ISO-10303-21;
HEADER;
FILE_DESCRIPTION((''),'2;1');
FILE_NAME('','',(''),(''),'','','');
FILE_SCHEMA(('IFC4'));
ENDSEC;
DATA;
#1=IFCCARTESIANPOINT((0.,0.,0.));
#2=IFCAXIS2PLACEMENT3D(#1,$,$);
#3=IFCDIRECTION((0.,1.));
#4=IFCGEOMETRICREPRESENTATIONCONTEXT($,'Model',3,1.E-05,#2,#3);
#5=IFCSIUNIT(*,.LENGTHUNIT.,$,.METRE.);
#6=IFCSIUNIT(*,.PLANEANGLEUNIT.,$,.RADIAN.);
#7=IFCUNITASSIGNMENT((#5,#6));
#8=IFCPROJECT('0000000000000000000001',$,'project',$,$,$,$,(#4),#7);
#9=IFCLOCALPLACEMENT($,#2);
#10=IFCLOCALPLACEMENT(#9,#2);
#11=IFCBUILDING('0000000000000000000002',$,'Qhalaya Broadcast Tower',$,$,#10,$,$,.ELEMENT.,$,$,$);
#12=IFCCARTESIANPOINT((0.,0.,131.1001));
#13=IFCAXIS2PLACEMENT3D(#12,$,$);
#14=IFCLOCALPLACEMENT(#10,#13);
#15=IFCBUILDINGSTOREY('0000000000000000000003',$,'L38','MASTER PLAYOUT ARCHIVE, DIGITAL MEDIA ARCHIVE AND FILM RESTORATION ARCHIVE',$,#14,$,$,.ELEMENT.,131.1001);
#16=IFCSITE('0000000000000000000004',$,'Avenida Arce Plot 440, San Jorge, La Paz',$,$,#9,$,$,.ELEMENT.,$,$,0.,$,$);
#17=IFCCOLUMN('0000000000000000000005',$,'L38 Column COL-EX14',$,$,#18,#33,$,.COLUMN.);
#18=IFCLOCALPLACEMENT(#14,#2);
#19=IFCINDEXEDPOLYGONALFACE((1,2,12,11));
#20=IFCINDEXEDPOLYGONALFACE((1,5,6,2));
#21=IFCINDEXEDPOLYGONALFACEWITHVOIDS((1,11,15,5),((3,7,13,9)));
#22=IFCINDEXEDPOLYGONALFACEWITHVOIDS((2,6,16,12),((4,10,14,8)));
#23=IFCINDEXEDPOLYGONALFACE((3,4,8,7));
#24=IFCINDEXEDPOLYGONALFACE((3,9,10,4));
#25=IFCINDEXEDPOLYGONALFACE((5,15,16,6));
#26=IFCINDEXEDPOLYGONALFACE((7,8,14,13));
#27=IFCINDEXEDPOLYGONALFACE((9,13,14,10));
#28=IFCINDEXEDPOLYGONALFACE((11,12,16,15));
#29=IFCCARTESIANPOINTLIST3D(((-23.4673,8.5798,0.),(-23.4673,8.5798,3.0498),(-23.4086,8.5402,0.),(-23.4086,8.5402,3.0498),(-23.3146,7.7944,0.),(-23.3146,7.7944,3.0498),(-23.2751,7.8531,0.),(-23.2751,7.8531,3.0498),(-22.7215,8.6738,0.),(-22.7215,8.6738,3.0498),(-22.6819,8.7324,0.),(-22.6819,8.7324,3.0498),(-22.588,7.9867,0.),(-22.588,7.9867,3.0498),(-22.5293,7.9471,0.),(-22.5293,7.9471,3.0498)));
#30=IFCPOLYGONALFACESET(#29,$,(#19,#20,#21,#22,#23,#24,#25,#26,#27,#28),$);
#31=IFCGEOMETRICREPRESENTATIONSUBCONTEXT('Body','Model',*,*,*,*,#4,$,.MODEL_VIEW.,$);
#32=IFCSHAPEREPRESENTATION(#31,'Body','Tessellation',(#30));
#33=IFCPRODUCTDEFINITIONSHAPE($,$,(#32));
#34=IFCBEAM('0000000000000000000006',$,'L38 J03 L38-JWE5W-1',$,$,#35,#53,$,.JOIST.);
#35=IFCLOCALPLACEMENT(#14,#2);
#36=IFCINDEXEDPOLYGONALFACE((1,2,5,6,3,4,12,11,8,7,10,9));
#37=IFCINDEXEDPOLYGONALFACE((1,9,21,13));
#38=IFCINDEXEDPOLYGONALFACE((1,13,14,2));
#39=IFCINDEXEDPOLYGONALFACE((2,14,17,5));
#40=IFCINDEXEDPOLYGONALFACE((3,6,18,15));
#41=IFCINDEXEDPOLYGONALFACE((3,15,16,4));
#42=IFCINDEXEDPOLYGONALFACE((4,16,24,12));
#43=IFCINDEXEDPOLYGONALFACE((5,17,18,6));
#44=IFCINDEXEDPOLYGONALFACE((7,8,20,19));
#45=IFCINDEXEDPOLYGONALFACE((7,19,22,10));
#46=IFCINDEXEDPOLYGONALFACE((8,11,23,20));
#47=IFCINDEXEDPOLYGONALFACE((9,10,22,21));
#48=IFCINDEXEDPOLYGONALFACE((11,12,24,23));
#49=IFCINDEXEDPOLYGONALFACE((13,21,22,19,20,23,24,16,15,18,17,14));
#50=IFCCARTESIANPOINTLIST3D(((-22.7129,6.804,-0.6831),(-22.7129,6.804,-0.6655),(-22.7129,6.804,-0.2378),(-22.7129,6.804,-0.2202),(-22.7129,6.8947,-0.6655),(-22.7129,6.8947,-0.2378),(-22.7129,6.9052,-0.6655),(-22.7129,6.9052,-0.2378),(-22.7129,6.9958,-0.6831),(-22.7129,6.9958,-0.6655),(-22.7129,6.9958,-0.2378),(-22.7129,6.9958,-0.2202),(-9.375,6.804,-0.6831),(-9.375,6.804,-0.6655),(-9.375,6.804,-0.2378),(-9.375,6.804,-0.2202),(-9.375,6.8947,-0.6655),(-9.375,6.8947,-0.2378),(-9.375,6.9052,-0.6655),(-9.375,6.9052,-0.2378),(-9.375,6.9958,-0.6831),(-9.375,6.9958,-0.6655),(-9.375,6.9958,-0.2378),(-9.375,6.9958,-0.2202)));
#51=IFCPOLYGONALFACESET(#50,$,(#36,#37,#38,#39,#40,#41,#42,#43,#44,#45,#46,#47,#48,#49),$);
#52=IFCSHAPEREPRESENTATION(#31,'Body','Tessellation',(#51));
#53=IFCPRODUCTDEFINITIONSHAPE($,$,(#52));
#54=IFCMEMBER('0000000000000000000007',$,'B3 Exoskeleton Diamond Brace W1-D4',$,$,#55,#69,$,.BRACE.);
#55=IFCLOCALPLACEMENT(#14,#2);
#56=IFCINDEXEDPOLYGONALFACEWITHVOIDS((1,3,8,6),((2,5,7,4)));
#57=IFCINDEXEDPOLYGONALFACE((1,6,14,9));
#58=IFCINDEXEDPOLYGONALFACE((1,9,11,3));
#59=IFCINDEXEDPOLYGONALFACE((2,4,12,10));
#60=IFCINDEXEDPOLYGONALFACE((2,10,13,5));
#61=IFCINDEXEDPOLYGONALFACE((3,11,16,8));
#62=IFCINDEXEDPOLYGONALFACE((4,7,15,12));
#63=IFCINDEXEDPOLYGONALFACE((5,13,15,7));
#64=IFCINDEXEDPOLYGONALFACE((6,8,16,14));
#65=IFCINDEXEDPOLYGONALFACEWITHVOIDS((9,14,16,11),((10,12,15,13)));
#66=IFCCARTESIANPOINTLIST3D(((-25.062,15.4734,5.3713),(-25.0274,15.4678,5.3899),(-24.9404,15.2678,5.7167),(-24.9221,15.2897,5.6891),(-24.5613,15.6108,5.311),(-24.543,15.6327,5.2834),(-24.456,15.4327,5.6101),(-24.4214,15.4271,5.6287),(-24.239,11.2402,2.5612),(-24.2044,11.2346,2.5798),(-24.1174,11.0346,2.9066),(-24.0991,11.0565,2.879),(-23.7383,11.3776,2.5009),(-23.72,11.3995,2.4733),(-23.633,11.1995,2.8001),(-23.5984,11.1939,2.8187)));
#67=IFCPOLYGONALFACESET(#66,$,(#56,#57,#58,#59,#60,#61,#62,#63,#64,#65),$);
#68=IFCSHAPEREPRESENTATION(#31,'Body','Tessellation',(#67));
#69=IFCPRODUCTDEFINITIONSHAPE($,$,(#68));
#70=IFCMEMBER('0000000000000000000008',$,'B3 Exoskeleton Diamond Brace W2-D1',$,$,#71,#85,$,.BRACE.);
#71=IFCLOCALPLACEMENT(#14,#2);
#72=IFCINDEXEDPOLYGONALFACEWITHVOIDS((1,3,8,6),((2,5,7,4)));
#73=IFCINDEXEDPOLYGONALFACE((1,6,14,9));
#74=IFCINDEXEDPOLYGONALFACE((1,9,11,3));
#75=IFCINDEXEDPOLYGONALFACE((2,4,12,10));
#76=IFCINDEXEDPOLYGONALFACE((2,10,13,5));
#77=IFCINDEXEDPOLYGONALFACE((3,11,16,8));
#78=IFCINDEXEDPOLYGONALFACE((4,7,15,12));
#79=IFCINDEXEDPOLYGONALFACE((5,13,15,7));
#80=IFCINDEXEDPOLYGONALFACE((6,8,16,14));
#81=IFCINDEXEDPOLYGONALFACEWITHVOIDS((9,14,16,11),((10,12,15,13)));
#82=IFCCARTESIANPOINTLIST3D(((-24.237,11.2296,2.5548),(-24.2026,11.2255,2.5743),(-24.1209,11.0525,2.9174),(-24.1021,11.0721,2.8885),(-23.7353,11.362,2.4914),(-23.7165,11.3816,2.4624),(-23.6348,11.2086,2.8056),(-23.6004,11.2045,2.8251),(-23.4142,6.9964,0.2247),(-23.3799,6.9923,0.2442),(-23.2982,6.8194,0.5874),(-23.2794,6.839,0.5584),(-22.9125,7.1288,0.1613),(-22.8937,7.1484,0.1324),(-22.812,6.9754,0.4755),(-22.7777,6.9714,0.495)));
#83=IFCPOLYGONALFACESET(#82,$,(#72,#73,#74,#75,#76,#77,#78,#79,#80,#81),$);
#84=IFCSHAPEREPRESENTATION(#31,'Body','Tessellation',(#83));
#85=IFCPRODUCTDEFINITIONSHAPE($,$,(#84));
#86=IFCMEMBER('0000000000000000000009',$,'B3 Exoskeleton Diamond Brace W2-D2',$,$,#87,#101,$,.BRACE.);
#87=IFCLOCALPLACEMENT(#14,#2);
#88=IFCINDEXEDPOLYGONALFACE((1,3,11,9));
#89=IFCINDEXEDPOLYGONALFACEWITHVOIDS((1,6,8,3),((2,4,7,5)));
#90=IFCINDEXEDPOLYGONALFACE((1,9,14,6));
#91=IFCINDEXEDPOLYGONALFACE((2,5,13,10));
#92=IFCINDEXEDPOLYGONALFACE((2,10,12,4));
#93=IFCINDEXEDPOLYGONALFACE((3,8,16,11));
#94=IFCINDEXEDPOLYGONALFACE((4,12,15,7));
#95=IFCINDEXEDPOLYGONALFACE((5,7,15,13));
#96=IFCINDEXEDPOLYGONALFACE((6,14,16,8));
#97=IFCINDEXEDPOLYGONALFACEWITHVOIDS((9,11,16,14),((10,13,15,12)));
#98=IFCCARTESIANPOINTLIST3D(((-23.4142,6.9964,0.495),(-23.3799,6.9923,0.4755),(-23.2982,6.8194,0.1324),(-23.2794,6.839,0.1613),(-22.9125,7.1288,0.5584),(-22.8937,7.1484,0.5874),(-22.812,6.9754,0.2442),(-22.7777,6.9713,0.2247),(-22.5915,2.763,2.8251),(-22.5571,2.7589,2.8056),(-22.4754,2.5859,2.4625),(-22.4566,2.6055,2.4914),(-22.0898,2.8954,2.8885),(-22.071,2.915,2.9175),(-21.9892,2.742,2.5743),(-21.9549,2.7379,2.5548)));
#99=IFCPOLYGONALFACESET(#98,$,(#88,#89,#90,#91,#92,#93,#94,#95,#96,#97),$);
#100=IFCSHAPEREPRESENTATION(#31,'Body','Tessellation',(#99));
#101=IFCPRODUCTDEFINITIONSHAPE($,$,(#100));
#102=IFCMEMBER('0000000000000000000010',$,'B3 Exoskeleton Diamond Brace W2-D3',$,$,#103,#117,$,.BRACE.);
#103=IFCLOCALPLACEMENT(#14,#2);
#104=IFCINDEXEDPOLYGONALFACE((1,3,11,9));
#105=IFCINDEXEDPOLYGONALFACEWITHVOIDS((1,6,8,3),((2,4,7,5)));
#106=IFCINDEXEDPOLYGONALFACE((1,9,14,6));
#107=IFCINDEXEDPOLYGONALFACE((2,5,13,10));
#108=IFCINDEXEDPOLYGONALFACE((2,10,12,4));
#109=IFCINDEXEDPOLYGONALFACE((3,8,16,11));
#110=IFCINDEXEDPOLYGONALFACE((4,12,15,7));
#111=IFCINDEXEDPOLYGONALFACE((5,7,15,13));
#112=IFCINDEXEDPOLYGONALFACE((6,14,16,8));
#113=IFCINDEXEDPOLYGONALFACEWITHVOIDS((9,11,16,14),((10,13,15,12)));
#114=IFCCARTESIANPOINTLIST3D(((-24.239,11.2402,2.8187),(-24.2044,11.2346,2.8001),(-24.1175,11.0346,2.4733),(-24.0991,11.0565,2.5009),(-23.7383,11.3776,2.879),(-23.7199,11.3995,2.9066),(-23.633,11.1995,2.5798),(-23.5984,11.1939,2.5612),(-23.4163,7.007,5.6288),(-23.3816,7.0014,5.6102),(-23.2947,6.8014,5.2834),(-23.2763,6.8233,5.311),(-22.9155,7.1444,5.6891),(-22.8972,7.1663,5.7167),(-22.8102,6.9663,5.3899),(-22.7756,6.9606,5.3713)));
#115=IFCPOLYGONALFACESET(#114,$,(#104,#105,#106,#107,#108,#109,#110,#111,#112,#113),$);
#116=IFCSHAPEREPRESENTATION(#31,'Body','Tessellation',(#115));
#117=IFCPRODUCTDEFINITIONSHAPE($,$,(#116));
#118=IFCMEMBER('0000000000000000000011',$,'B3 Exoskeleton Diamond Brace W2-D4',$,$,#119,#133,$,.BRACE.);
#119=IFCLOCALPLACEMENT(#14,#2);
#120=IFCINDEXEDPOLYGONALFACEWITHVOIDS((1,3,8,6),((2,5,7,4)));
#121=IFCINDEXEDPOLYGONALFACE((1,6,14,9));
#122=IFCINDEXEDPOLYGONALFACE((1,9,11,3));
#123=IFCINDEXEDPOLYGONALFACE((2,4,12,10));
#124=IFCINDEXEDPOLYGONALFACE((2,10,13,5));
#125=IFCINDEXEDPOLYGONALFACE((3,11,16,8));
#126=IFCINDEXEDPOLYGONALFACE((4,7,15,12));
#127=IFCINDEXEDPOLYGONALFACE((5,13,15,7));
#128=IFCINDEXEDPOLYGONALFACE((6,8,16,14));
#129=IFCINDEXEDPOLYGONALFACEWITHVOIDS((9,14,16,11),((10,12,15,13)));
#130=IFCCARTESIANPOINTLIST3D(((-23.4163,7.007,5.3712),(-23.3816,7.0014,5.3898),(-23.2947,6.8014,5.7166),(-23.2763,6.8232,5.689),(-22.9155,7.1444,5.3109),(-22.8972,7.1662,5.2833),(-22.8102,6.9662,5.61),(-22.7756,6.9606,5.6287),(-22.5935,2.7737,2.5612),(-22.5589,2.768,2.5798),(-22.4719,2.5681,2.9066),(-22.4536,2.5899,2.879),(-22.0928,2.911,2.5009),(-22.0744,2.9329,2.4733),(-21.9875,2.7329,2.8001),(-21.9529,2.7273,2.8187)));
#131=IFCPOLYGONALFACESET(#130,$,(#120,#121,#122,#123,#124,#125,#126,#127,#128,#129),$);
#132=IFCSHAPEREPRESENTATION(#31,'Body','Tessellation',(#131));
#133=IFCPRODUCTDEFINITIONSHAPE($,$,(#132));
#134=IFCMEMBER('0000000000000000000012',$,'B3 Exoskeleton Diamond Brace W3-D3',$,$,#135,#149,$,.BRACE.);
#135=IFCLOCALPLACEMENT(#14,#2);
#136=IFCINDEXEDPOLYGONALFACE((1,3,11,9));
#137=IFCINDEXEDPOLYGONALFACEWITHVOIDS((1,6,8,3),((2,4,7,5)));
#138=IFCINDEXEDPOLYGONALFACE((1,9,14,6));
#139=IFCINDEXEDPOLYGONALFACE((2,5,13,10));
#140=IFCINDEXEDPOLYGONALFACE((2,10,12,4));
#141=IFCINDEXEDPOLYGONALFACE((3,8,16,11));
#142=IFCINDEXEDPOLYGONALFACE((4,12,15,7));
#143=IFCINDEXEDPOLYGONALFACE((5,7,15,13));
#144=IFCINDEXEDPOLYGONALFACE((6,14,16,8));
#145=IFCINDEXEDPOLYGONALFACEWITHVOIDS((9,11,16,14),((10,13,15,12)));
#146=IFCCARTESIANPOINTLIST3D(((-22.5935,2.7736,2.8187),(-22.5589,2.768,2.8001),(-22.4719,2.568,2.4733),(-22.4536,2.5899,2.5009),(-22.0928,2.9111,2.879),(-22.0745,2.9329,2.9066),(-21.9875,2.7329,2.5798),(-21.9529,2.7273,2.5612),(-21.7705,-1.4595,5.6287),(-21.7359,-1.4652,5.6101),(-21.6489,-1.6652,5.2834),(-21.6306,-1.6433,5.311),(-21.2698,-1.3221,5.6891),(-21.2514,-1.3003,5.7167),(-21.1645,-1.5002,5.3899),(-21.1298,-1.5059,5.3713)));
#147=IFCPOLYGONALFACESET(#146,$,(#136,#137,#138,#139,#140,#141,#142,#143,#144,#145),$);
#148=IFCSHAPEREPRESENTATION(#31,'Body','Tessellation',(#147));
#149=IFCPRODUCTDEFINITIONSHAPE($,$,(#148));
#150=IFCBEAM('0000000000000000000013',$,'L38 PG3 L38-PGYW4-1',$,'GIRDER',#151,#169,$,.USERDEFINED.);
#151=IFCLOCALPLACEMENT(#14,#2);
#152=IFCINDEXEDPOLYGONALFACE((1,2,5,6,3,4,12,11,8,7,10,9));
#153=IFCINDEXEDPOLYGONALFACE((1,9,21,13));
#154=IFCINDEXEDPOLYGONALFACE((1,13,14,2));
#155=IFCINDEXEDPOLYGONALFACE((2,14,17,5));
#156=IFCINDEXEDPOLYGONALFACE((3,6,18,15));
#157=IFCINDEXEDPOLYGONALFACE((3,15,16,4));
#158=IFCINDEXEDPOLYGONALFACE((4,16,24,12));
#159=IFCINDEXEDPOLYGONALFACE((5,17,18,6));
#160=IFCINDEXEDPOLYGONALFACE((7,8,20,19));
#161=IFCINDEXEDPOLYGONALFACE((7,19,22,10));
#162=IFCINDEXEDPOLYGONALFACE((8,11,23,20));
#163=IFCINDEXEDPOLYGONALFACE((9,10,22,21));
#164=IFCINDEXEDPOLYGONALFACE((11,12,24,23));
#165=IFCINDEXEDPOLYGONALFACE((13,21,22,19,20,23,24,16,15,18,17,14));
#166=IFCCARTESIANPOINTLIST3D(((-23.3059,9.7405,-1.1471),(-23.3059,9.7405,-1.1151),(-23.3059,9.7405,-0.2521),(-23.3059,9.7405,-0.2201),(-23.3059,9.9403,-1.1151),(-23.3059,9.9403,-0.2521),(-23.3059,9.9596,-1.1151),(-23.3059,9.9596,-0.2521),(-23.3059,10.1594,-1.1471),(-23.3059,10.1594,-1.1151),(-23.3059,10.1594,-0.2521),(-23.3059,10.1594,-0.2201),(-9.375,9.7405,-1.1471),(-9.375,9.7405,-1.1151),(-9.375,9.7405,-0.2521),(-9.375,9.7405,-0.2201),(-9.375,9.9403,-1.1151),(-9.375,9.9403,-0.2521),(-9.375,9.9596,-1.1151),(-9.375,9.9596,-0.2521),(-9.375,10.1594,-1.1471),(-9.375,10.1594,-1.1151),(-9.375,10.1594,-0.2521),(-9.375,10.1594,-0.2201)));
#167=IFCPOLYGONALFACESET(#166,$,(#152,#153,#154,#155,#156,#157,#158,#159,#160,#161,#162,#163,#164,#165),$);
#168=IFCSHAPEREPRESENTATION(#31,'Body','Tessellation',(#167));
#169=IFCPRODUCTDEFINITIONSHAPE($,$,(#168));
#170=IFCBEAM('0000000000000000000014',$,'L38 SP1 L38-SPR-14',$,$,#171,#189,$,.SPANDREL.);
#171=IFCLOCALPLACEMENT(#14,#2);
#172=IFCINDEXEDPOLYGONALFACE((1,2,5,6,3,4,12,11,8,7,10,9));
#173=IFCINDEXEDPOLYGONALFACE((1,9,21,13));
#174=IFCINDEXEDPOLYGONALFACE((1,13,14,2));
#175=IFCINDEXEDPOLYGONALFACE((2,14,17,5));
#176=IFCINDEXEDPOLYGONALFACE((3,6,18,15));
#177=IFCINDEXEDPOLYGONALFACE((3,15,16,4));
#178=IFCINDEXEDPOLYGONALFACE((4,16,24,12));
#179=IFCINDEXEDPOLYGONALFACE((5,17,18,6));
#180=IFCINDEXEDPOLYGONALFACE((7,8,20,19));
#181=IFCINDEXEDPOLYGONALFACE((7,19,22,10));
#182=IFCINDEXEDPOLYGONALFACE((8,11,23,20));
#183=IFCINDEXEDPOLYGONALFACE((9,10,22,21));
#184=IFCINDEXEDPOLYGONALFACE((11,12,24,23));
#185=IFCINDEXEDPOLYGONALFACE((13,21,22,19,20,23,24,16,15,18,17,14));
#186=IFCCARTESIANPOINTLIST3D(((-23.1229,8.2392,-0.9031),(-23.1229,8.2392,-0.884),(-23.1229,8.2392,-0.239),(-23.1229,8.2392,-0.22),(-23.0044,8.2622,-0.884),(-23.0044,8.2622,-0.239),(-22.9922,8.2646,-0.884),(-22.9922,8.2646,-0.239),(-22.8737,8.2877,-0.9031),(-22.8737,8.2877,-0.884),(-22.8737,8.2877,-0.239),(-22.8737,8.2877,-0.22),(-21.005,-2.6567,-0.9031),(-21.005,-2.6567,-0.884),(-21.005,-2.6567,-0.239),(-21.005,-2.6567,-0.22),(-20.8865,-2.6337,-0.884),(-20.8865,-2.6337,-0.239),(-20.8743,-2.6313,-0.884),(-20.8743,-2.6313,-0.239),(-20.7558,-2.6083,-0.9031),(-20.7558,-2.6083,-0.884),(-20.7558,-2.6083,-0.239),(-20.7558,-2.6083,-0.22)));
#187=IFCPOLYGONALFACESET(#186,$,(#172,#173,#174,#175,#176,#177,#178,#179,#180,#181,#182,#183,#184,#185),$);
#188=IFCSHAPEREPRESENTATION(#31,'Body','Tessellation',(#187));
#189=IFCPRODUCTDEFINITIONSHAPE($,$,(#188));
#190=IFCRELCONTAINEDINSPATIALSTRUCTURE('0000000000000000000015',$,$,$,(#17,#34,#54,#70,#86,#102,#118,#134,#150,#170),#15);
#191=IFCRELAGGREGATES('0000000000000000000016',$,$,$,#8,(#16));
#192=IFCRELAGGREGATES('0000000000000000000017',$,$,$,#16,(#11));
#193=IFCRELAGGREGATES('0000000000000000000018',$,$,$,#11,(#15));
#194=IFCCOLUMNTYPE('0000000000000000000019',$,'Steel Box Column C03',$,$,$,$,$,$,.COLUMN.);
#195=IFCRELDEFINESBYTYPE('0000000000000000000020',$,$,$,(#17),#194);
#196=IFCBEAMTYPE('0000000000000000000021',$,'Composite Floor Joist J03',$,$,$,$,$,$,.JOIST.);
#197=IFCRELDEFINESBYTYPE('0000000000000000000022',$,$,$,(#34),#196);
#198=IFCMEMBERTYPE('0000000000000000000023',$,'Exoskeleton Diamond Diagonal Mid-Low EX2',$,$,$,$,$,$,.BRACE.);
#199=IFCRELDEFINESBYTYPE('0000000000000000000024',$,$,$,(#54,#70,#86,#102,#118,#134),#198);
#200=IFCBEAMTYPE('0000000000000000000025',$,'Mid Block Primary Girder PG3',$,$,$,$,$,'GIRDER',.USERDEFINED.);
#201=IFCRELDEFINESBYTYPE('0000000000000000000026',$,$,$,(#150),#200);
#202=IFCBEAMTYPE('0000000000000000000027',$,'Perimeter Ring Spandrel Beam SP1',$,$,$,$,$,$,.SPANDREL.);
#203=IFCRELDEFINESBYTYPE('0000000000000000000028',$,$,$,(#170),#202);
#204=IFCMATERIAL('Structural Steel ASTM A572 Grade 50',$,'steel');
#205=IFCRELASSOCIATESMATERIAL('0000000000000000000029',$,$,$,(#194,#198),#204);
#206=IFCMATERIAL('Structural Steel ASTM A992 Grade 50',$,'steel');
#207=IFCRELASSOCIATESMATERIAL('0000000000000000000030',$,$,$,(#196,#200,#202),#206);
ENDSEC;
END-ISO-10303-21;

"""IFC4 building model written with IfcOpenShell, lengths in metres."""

from ifc_helpers import new_model, si_unit, direction, frame, origin, origin_2d, place, context, subcontext, project, spatial, hollow_rectangle, i_section, extrude, material, material_profile, profile_set, type_object, element, save


model = new_model("IFC4")

# Units and contexts
model_context = context("Model", 3, precision=1e-05, world=origin(), true_north=direction((0.0, 1.0)))
body_context = subcontext(model_context, "Body", "Model", "MODEL_VIEW")
ifc_project = project(units=[si_unit("LENGTHUNIT", "METRE"), si_unit("PLANEANGLEUNIT", "RADIAN")], contexts=[model_context])

# Site, building, storey
site_placement = place(None, origin())
site = spatial("IfcSite", under=ifc_project, at=site_placement, Name="Avenida Arce Plot 440, San Jorge, La Paz", CompositionType="ELEMENT", RefElevation=0.0)
building_placement = place(site_placement, origin())
building = spatial("IfcBuilding", under=site, at=building_placement, Name="Qhalaya Broadcast Tower", CompositionType="ELEMENT")
storey_placement = place(building_placement, frame((0.0, 0.0, 131.1001)))
storey = spatial("IfcBuildingStorey", under=building, at=storey_placement, Name="L38", Description="MASTER PLAYOUT ARCHIVE, DIGITAL MEDIA ARCHIVE AND FILM RESTORATION ARCHIVE", CompositionType="ELEMENT", Elevation=131.1001)

# Column
ifc_material_1 = material(Name="Structural Steel ASTM A572 Grade 50", Category="steel")
ifc_material_profile_1 = material_profile(ifc_material_1, hollow_rectangle(XDim=0.8, YDim=0.8, WallThickness=0.05, at=origin_2d()), Name="BOX 800x800x50")
ifc_profile_set_1 = profile_set([ifc_material_profile_1], Name="Structural Steel ASTM A572 Grade 50")
column_type = type_object("IfcColumnType", Name="Steel Box Column C03", PredefinedType="COLUMN", material=ifc_profile_set_1)
column_placement = place(storey_placement, frame((-22.9983, 8.2634, 0.0), z_axis=(0.0, 0.0, 1.0), x_axis=(-0.190809, 0.981627, 0.0)))
element("IfcColumn", 1, at=column_placement, inside=storey, type_object=column_type, Name="L38 Column COL-EX14", PredefinedType="COLUMN", context=body_context, shape_type="SweptSolid", body=[
    extrude(hollow_rectangle(XDim=0.8, YDim=0.8, WallThickness=0.05, at=origin_2d()), origin(), (0.0, 0.0, 1.0), 3.0498),
])

# Beam
ifc_material_2 = material(Name="Structural Steel ASTM A992 Grade 50", Category="steel")
ifc_material_profile_2 = material_profile(ifc_material_2, i_section(OverallWidth=0.1919, OverallDepth=0.4629, WebThickness=0.0105, FlangeThickness=0.0176, at=origin_2d()), Name="W18X60")
ifc_profile_set_2 = profile_set([ifc_material_profile_2], Name="Structural Steel ASTM A992 Grade 50")
beam_type_1 = type_object("IfcBeamType", Name="Composite Floor Joist J03", PredefinedType="JOIST", material=ifc_profile_set_2)
beam_1_placement = place(storey_placement, frame((-22.7129, 6.8999, -0.4517), z_axis=(1.0, 0.0, 0.0), x_axis=(0.0, 1.0, 0.0)))
element("IfcBeam", 2, at=beam_1_placement, inside=storey, type_object=beam_type_1, Name="L38 J03 L38-JWE5W-1", PredefinedType="JOIST", context=body_context, shape_type="SweptSolid", body=[
    extrude(i_section(OverallWidth=0.1919, OverallDepth=0.4629, WebThickness=0.0105, FlangeThickness=0.0176, at=origin_2d()), origin(), (0.0, 0.0, 1.0), 13.3379),
])

# Members
ifc_material_profile_3 = material_profile(ifc_material_1, hollow_rectangle(XDim=0.4199, YDim=0.55, WallThickness=0.0281, at=origin_2d()), Name="BOX 420x550x28")
ifc_profile_set_3 = profile_set([ifc_material_profile_3], Name="Structural Steel ASTM A572 Grade 50")
member_type = type_object("IfcMemberType", Name="Exoskeleton Diamond Diagonal Mid-Low EX2", PredefinedType="BRACE", material=ifc_profile_set_3)
member_1_placement = place(storey_placement, frame((-23.9187, 11.217, 2.6899), z_axis=(-0.159893, 0.822424, 0.545943), x_axis=(0.289578, -0.489647, 0.822429)))
element("IfcMember", 3, at=member_1_placement, inside=storey, type_object=member_type, Name="B3 Exoskeleton Diamond Brace W1-D4", PredefinedType="BRACE", context=body_context, shape_type="SweptSolid", body=[
    extrude(hollow_rectangle(XDim=0.4199, YDim=0.55, WallThickness=0.0281, at=origin_2d()), origin(), (0.0, 0.0, 1.0), 5.1472),
])
member_2_placement = place(storey_placement, frame((-23.0959, 6.9839, 0.3599), z_axis=(-0.167854, 0.863625, 0.47537), x_axis=(0.276333, -0.42166, 0.863622)))
element("IfcMember", 4, at=member_2_placement, inside=storey, type_object=member_type, Name="B3 Exoskeleton Diamond Brace W2-D1", PredefinedType="BRACE", context=body_context, shape_type="SweptSolid", body=[
    extrude(hollow_rectangle(XDim=0.4199, YDim=0.55, WallThickness=0.0281, at=origin_2d()), origin(), (0.0, 0.0, 1.0), 4.9016),
])
member_3_placement = place(storey_placement, frame((-23.0959, 6.9839, 0.3599), z_axis=(0.167847, -0.863638, 0.475349), x_axis=(-0.276325, 0.421643, 0.863633)))
element("IfcMember", 5, at=member_3_placement, inside=storey, type_object=member_type, Name="B3 Exoskeleton Diamond Brace W2-D2", PredefinedType="BRACE", context=body_context, shape_type="SweptSolid", body=[
    extrude(hollow_rectangle(XDim=0.4199, YDim=0.55, WallThickness=0.0281, at=origin_2d()), origin(), (0.0, 0.0, 1.0), 4.9019),
])
for number, where, z_axis, x_axis, name in (
    (6, (-23.9187, 11.217, 2.6899), (0.159847, -0.82243, 0.545947), (-0.289551, 0.489668, 0.822427), "B3 Exoskeleton Diamond Brace W2-D3"),
    (7, (-22.2732, 2.7505, 2.6899), (-0.159841, 0.822445, 0.545925), (0.289542, -0.48965, 0.82244), "B3 Exoskeleton Diamond Brace W2-D4"),
    (8, (-22.2732, 2.7505, 2.6899), (0.159893, -0.822424, 0.545943), (-0.289578, 0.489647, 0.822429), "B3 Exoskeleton Diamond Brace W3-D3"),
):
    element("IfcMember", number, at=place(storey_placement, frame(where, z_axis=z_axis, x_axis=x_axis)), inside=storey, type_object=member_type, Name=name, PredefinedType="BRACE", context=body_context, shape_type="SweptSolid", body=[
        extrude(hollow_rectangle(XDim=0.4199, YDim=0.55, WallThickness=0.0281, at=origin_2d()), origin(), (0.0, 0.0, 1.0), 5.1472),
    ])

# Beams
ifc_material_profile_4 = material_profile(ifc_material_2, i_section(OverallWidth=0.4189, OverallDepth=0.927, WebThickness=0.0193, FlangeThickness=0.032, at=origin_2d()), Name="W36X231")
ifc_profile_set_4 = profile_set([ifc_material_profile_4], Name="Structural Steel ASTM A992 Grade 50")
beam_type_2 = type_object("IfcBeamType", Name="Mid Block Primary Girder PG3", ElementType="GIRDER", PredefinedType="USERDEFINED", material=ifc_profile_set_4)
beam_2_placement = place(storey_placement, frame((-23.3059, 9.95, -0.6836), z_axis=(1.0, 0.0, 0.0), x_axis=(0.0, 1.0, 0.0)))
element("IfcBeam", 9, at=beam_2_placement, inside=storey, type_object=beam_type_2, Name="L38 PG3 L38-PGYW4-1", ObjectType="GIRDER", PredefinedType="USERDEFINED", context=body_context, shape_type="SweptSolid", body=[
    extrude(i_section(OverallWidth=0.4189, OverallDepth=0.927, WebThickness=0.0193, FlangeThickness=0.032, at=origin_2d()), origin(), (0.0, 0.0, 1.0), 13.9309),
])
ifc_material_profile_5 = material_profile(ifc_material_2, i_section(OverallWidth=0.2539, OverallDepth=0.6831, WebThickness=0.0125, FlangeThickness=0.019, at=origin_2d()), Name="W27X94")
ifc_profile_set_5 = profile_set([ifc_material_profile_5], Name="Structural Steel ASTM A992 Grade 50")
beam_type_3 = type_object("IfcBeamType", Name="Perimeter Ring Spandrel Beam SP1", PredefinedType="SPANDREL", material=ifc_profile_set_5)
beam_3_placement = place(storey_placement, frame((-22.9983, 8.2634, -0.5615), z_axis=(0.190805, -0.981628, 0.0), x_axis=(0.981628, 0.190805, 0.0)))
element("IfcBeam", 10, at=beam_3_placement, inside=storey, type_object=beam_type_3, Name="L38 SP1 L38-SPR-14", PredefinedType="SPANDREL", context=body_context, shape_type="SweptSolid", body=[
    extrude(i_section(OverallWidth=0.2539, OverallDepth=0.6831, WebThickness=0.0125, FlangeThickness=0.019, at=origin_2d()), origin(), (0.0, 0.0, 1.0), 11.0999),
])

save(model, "model.ifc")
